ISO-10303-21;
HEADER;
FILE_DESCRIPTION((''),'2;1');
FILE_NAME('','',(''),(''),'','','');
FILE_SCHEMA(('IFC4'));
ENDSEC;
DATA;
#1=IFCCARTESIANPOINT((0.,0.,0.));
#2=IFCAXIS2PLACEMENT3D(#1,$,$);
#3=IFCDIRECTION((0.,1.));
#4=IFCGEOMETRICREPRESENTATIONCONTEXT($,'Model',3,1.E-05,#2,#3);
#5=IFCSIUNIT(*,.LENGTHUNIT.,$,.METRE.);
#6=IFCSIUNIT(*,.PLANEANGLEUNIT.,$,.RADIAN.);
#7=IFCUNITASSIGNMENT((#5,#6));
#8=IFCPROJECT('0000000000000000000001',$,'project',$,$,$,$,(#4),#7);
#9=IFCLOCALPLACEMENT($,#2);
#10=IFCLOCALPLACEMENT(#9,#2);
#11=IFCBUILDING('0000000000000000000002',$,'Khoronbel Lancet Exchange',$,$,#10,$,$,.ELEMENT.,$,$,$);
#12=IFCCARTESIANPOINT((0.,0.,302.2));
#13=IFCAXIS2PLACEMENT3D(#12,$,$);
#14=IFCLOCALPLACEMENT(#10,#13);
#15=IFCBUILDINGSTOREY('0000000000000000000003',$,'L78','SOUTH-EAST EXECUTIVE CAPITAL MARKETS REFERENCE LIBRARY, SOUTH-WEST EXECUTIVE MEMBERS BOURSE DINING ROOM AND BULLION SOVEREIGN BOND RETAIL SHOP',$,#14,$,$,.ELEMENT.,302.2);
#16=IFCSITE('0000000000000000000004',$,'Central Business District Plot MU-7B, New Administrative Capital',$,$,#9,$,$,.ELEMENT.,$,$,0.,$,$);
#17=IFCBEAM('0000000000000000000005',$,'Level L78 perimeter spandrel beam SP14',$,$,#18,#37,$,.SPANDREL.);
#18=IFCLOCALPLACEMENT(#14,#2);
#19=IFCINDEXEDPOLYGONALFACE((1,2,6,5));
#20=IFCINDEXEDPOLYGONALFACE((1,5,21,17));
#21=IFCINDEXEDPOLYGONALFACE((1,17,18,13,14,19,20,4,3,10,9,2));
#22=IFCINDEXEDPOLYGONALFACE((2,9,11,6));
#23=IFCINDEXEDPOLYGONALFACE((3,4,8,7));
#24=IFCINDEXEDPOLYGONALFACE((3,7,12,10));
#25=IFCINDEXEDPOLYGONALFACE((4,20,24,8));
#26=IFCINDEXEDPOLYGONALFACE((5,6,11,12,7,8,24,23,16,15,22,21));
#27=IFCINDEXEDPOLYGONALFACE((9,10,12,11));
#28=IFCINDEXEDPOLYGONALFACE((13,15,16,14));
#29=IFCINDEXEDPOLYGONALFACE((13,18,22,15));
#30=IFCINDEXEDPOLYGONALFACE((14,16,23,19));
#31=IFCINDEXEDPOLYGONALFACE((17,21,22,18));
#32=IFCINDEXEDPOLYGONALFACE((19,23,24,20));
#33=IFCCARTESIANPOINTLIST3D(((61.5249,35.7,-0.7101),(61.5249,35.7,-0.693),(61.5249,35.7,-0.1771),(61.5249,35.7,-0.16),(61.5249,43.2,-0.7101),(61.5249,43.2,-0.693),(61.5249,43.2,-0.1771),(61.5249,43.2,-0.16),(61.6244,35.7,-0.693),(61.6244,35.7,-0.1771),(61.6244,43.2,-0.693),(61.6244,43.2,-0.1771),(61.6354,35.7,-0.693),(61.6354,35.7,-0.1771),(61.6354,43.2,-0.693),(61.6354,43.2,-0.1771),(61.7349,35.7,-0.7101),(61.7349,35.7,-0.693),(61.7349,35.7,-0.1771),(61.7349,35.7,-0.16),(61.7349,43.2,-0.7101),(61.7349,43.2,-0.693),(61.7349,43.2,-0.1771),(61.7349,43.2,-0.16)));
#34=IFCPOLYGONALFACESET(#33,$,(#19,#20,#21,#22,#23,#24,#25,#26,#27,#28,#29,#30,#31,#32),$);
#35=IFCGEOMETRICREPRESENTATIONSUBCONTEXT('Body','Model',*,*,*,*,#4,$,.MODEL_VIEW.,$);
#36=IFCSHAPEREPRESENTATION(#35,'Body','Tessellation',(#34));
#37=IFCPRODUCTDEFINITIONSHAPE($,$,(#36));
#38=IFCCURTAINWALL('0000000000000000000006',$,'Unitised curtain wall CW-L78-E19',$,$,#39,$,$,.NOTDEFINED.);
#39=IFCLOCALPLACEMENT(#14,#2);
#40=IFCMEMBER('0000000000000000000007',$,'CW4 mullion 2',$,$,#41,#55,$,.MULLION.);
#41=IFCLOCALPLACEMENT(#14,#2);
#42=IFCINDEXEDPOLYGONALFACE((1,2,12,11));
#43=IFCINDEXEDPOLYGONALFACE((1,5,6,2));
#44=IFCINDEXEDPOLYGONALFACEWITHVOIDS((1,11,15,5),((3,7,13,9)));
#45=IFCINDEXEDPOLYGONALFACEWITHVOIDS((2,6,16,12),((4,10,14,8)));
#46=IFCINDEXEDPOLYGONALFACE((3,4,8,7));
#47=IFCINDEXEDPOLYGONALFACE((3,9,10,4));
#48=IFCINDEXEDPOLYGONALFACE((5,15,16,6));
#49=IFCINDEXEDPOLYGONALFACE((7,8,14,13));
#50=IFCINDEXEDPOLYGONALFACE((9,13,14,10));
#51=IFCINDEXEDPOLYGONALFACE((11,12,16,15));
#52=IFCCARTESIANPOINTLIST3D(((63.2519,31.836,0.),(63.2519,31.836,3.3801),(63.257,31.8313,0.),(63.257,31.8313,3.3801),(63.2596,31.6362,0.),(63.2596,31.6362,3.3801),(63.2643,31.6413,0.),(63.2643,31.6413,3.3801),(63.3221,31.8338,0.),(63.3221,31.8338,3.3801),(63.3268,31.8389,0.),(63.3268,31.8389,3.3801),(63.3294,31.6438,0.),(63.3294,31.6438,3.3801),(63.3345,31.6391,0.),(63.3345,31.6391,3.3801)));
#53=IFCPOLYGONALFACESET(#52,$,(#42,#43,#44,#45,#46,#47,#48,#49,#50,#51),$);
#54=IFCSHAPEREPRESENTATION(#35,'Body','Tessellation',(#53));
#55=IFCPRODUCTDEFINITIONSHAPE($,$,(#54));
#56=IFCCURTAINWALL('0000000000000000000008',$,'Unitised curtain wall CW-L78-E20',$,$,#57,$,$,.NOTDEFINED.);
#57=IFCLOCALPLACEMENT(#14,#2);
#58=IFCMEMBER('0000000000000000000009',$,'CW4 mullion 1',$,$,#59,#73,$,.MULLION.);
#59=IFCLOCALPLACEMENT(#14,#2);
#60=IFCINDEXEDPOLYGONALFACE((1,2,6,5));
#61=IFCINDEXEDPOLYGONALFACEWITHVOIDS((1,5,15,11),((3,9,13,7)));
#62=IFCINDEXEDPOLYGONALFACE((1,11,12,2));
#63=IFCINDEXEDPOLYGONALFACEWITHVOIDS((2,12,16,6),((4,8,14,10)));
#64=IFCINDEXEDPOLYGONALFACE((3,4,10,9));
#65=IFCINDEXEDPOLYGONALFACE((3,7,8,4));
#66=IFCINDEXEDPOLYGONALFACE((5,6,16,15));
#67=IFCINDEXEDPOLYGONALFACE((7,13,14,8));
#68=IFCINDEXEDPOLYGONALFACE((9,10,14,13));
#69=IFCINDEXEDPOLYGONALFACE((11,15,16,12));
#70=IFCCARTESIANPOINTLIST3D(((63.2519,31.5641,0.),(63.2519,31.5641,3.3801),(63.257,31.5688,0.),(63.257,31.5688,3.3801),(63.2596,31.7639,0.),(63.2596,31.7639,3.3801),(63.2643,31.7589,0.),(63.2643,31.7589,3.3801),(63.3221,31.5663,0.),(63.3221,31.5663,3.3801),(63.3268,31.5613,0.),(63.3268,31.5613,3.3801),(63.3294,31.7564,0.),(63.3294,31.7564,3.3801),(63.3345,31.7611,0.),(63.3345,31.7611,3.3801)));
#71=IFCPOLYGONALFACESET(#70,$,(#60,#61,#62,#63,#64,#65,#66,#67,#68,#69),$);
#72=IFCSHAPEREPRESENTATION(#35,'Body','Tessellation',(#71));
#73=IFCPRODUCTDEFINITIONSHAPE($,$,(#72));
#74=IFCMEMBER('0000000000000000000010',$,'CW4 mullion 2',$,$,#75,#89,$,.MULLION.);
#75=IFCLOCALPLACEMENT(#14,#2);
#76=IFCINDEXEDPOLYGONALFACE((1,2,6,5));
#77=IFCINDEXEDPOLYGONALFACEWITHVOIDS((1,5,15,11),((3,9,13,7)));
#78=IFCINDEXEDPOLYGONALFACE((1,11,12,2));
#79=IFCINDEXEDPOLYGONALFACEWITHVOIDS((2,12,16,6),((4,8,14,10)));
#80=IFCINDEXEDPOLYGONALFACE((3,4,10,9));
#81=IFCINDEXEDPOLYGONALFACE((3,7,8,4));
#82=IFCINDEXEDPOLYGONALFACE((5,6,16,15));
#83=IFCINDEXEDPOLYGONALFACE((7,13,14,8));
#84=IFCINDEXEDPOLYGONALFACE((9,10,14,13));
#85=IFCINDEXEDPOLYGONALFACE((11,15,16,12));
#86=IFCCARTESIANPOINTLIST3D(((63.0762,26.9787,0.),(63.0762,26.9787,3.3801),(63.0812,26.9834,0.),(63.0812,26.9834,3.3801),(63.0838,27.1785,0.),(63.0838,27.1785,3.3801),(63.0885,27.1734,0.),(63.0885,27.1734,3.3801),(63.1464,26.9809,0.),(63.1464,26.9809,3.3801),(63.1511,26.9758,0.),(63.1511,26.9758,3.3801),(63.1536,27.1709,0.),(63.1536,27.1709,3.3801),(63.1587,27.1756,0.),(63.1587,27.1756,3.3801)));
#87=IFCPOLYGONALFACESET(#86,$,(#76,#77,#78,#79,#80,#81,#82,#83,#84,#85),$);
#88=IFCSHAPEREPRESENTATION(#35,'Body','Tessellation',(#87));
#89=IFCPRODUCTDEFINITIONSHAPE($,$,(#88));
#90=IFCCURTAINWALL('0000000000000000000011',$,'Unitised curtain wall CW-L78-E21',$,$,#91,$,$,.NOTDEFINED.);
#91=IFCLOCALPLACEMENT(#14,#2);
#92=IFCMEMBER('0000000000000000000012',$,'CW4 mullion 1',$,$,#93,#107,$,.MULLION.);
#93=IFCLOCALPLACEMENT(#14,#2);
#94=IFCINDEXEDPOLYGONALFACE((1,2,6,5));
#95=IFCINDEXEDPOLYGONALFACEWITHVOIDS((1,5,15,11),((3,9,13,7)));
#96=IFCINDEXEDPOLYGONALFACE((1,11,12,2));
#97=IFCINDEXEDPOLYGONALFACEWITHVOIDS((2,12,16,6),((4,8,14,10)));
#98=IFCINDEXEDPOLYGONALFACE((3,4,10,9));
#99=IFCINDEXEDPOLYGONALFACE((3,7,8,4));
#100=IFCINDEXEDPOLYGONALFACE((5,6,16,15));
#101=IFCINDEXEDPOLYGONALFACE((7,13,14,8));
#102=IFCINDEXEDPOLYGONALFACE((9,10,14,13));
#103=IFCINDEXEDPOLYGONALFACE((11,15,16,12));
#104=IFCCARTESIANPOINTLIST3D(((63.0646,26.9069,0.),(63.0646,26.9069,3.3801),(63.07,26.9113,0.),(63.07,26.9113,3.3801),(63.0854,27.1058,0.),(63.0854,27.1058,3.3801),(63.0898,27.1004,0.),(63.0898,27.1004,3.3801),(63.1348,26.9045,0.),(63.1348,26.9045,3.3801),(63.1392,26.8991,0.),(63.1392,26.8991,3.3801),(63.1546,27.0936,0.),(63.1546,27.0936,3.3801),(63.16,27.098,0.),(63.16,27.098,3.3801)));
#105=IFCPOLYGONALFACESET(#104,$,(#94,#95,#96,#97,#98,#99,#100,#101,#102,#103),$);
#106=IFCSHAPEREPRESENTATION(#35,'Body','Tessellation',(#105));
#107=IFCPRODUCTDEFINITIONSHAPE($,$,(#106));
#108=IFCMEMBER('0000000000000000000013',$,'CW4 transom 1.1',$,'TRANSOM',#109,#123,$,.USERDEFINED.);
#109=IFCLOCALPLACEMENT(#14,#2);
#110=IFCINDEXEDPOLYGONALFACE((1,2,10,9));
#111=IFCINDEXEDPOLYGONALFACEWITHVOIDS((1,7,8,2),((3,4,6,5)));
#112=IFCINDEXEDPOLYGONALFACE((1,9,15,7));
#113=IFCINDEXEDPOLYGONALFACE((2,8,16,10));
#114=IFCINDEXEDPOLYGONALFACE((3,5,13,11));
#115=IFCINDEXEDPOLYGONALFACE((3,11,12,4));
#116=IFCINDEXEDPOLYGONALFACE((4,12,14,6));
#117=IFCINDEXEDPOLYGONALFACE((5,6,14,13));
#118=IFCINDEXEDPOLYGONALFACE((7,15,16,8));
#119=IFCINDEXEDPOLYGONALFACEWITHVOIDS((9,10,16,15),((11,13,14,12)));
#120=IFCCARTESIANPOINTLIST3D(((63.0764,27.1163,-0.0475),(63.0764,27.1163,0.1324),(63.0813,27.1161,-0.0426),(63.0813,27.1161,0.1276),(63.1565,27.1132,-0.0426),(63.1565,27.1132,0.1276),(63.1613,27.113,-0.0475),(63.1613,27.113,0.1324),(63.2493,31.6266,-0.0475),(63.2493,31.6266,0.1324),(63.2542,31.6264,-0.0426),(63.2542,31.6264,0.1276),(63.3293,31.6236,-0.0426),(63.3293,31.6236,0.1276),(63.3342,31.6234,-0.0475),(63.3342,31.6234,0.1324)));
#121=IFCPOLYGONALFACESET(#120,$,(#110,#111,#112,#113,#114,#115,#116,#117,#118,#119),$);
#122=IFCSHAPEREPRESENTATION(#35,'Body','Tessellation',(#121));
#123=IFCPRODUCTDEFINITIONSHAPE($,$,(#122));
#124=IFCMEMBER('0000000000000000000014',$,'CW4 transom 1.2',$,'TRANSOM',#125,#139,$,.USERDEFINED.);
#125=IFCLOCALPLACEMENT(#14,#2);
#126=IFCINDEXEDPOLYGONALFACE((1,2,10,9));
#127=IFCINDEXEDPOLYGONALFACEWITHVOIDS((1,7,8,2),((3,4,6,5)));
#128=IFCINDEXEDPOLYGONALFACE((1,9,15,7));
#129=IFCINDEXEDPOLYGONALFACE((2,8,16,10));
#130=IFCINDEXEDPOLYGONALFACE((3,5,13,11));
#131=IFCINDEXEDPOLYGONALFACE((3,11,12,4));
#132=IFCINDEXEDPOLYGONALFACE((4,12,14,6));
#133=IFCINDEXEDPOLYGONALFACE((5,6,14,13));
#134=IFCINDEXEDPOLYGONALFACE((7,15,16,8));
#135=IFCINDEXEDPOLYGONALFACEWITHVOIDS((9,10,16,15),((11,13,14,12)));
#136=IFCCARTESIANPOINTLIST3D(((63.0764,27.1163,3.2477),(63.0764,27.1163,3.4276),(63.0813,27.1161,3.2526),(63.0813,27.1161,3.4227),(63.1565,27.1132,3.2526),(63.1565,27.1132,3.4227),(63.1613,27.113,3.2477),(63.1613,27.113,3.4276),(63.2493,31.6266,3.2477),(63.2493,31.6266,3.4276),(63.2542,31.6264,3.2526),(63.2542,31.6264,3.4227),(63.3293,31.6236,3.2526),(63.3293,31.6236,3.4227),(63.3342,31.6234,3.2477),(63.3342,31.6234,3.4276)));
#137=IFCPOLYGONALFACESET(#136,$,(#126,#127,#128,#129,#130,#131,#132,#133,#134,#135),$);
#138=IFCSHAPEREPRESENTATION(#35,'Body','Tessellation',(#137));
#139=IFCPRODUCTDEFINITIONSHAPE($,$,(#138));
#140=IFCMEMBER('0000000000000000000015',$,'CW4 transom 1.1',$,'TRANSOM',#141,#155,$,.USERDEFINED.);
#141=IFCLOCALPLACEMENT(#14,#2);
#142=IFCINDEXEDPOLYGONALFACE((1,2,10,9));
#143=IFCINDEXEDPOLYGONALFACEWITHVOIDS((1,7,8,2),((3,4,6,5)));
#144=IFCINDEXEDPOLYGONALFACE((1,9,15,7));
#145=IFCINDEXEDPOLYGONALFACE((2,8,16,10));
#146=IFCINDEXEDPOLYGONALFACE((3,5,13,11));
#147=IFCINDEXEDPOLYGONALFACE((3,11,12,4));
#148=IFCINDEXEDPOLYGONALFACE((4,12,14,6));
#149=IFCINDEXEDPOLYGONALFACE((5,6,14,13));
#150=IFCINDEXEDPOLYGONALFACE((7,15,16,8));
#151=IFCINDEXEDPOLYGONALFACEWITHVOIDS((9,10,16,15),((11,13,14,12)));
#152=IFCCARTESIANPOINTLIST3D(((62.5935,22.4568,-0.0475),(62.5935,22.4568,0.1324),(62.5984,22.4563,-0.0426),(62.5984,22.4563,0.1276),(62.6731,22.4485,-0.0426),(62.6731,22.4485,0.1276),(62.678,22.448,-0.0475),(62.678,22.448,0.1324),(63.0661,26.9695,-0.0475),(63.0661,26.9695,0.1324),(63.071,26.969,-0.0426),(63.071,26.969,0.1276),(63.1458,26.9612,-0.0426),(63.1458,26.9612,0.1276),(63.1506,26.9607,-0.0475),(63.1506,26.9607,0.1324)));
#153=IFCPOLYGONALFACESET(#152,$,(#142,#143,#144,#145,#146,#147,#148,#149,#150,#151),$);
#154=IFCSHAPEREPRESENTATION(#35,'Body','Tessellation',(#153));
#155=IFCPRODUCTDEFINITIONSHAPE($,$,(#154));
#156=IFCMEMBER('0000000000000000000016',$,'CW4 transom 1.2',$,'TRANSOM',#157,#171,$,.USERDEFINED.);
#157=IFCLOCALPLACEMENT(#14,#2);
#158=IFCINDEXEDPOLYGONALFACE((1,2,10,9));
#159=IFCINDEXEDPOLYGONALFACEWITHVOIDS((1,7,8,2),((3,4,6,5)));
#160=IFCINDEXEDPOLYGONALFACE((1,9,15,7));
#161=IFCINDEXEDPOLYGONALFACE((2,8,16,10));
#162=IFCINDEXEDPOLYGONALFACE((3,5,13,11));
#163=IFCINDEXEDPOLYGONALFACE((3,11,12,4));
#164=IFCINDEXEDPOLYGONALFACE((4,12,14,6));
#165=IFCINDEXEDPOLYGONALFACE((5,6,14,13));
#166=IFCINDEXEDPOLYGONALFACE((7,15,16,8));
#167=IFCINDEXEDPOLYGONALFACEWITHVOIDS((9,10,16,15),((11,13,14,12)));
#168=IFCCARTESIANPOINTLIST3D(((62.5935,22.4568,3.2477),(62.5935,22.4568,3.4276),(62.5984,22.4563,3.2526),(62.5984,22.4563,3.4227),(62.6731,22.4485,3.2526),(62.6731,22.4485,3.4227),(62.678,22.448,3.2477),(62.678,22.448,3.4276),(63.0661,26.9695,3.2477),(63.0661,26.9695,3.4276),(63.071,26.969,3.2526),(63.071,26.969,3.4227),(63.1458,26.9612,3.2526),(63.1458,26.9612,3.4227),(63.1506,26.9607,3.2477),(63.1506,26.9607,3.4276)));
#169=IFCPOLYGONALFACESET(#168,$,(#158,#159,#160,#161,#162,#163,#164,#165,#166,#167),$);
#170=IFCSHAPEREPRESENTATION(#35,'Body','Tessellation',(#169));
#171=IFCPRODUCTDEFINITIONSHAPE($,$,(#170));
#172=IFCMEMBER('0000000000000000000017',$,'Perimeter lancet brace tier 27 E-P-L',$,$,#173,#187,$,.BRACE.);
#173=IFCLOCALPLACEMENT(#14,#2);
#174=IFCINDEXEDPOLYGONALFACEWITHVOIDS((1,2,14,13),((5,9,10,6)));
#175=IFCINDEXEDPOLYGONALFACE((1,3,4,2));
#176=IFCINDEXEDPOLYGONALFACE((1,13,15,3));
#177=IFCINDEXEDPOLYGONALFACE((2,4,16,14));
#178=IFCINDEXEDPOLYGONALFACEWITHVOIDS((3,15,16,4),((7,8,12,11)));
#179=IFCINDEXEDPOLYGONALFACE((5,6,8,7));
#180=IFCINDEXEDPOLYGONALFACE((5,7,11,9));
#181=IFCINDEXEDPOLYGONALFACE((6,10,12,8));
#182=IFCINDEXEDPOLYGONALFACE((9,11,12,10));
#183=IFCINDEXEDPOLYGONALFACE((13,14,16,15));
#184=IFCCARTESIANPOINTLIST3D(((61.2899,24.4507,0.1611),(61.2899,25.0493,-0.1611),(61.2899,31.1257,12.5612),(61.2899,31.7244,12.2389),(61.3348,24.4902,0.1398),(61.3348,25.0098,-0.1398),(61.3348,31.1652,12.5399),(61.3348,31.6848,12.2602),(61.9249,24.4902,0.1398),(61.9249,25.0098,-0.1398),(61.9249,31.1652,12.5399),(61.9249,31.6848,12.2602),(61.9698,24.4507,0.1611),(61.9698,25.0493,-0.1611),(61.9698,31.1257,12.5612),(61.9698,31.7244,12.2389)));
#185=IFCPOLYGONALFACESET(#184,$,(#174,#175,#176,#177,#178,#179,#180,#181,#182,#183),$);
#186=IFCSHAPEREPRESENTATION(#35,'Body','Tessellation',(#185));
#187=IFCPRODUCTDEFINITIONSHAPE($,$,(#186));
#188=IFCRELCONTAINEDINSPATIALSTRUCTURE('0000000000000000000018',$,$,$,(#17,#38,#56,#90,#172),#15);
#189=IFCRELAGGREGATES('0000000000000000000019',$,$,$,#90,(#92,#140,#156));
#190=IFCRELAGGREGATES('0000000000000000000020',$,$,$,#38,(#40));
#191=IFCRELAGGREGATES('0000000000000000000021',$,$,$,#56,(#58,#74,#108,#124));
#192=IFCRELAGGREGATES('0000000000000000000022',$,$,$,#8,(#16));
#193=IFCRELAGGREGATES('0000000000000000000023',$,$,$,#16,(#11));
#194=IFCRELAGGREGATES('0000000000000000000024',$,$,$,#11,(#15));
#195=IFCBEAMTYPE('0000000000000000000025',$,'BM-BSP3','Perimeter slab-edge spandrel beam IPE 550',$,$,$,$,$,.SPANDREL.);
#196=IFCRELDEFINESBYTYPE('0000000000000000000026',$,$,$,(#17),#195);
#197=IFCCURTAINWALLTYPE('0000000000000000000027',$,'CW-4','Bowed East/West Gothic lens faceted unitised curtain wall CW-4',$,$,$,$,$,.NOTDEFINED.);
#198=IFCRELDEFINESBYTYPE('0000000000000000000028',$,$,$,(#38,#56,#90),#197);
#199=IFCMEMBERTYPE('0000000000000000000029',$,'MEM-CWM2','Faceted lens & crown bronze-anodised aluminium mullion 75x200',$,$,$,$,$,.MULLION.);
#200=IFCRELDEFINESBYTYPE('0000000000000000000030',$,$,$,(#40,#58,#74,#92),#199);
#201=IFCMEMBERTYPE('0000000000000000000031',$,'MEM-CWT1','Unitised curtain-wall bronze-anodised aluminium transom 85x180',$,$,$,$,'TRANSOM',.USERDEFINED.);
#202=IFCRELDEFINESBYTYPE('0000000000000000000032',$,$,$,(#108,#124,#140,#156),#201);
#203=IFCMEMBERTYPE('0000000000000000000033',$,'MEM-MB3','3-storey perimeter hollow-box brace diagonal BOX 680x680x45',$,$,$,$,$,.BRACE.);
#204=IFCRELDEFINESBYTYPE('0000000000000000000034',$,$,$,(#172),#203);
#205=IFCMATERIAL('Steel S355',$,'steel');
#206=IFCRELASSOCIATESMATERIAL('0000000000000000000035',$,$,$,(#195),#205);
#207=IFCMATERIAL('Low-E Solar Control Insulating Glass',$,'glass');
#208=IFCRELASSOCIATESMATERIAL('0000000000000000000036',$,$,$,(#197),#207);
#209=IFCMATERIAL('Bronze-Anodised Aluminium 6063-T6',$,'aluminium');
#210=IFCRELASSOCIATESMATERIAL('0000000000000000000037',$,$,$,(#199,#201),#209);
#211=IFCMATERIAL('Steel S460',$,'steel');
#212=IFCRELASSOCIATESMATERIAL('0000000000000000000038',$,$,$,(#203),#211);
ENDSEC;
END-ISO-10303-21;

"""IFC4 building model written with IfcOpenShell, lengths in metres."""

from ifc_helpers import new_model, si_unit, direction, frame, origin, origin_2d, place, context, subcontext, project, spatial, hollow_rectangle, i_section, extrude, material, material_profile, profile_set, type_object, element, aggregate, save


model = new_model("IFC4")

# Units and contexts
model_context = context("Model", 3, precision=1e-05, world=origin(), true_north=direction((0.0, 1.0)))
body_context = subcontext(model_context, "Body", "Model", "MODEL_VIEW")
ifc_project = project(units=[si_unit("LENGTHUNIT", "METRE"), si_unit("PLANEANGLEUNIT", "RADIAN")], contexts=[model_context])

# Site, building, storey
site_placement = place(None, origin())
site = spatial("IfcSite", under=ifc_project, at=site_placement, Name="Central Business District Plot MU-7B, New Administrative Capital", CompositionType="ELEMENT", RefElevation=0.0)
building_placement = place(site_placement, origin())
building = spatial("IfcBuilding", under=site, at=building_placement, Name="Khoronbel Lancet Exchange", CompositionType="ELEMENT")
storey_placement = place(building_placement, frame((0.0, 0.0, 302.2)))
storey = spatial("IfcBuildingStorey", under=building, at=storey_placement, Name="L78", Description="SOUTH-EAST EXECUTIVE CAPITAL MARKETS REFERENCE LIBRARY, SOUTH-WEST EXECUTIVE MEMBERS BOURSE DINING ROOM AND BULLION SOVEREIGN BOND RETAIL SHOP", CompositionType="ELEMENT", Elevation=302.2)

# Shared definitions
ifc_material_1 = material(Name="Steel S355", Category="steel")

# Beam
ifc_material_profile_1 = material_profile(ifc_material_1, i_section(OverallWidth=0.21, OverallDepth=0.55, WebThickness=0.011, FlangeThickness=0.0171, at=origin_2d()), Name="IPE 550")
ifc_profile_set_1 = profile_set([ifc_material_profile_1], Name="Steel S355")
beam_type_1 = type_object("IfcBeamType", Name="BM-BSP3", Description="Perimeter slab-edge spandrel beam IPE 550", PredefinedType="SPANDREL", material=ifc_profile_set_1)
beam_1_placement = place(storey_placement, frame((61.6299, 35.7, -0.4351), z_axis=(0.0, 1.0, 0.0), x_axis=(-1.0, 0.0, 0.0)))
element("IfcBeam", 1, at=beam_1_placement, inside=storey, type_object=beam_type_1, Name="Level L78 perimeter spandrel beam SP14", PredefinedType="SPANDREL", context=body_context, shape_type="SweptSolid", body=[
    extrude(i_section(OverallWidth=0.21, OverallDepth=0.55, WebThickness=0.011, FlangeThickness=0.0171, at=origin_2d()), origin(), (0.0, 0.0, 1.0), 7.5),
])

# Curtain wall, member
ifc_material_2 = material(Name="Low-E Solar Control Insulating Glass", Category="glass")
curtain_wall_type = type_object("IfcCurtainWallType", Name="CW-4", Description="Bowed East/West Gothic lens faceted unitised curtain wall CW-4", PredefinedType="NOTDEFINED", material=ifc_material_2)
curtain_wall_1_placement = place(storey_placement, origin())
curtain_wall_1 = element("IfcCurtainWall", 2, at=curtain_wall_1_placement, inside=storey, type_object=curtain_wall_type, Name="Unitised curtain wall CW-L78-E19", PredefinedType="NOTDEFINED")
ifc_material_3 = material(Name="Bronze-Anodised Aluminium 6063-T6", Category="aluminium")
ifc_material_profile_2 = material_profile(ifc_material_3, hollow_rectangle(XDim=0.075, YDim=0.2, WallThickness=0.0049, at=origin_2d()), Name="ALU MULLION 75x200")
ifc_profile_set_2 = profile_set([ifc_material_profile_2], Name="Bronze-Anodised Aluminium 6063-T6")
member_type_1 = type_object("IfcMemberType", Name="MEM-CWM2", Description="Faceted lens & crown bronze-anodised aluminium mullion 75x200", PredefinedType="MULLION", material=ifc_profile_set_2)
member_1_placement = place(storey_placement, frame((63.2932, 31.7375, 0.0), z_axis=(0.0, 0.0, 1.0), x_axis=(0.999267, 0.038274, 0.0)))
member_1 = element("IfcMember", 3, at=member_1_placement, type_object=member_type_1, Name="CW4 mullion 2", PredefinedType="MULLION", context=body_context, shape_type="SweptSolid", body=[
    extrude(hollow_rectangle(XDim=0.075, YDim=0.2, WallThickness=0.0049, at=origin_2d()), origin(), (0.0, 0.0, 1.0), 3.3801),
])

# Curtain wall, members
curtain_wall_2_placement = place(storey_placement, origin())
curtain_wall_2 = element("IfcCurtainWall", 4, at=curtain_wall_2_placement, inside=storey, type_object=curtain_wall_type, Name="Unitised curtain wall CW-L78-E20", PredefinedType="NOTDEFINED")
member_2_placement = place(storey_placement, frame((63.2932, 31.6626, 0.0), z_axis=(0.0, 0.0, 1.0), x_axis=(0.999267, -0.038274, 0.0)))
member_2 = element("IfcMember", 5, at=member_2_placement, type_object=member_type_1, Name="CW4 mullion 1", PredefinedType="MULLION", context=body_context, shape_type="SweptSolid", body=[
    extrude(hollow_rectangle(XDim=0.075, YDim=0.2, WallThickness=0.0049, at=origin_2d()), origin(), (0.0, 0.0, 1.0), 3.3801),
])
member_3_placement = place(storey_placement, frame((63.1174, 27.0771, 0.0), z_axis=(0.0, 0.0, 1.0), x_axis=(0.999267, -0.038274, 0.0)))
member_3 = element("IfcMember", 6, at=member_3_placement, type_object=member_type_1, Name="CW4 mullion 2", PredefinedType="MULLION", context=body_context, shape_type="SweptSolid", body=[
    extrude(hollow_rectangle(XDim=0.075, YDim=0.2, WallThickness=0.0049, at=origin_2d()), origin(), (0.0, 0.0, 1.0), 3.3801),
])

# Curtain wall, member
curtain_wall_3_placement = place(storey_placement, origin())
curtain_wall_3 = element("IfcCurtainWall", 7, at=curtain_wall_3_placement, inside=storey, type_object=curtain_wall_type, Name="Unitised curtain wall CW-L78-E21", PredefinedType="NOTDEFINED")
member_4_placement = place(storey_placement, frame((63.1123, 27.0024, 0.0), z_axis=(0.0, 0.0, 1.0), x_axis=(0.994564, -0.104131, 0.0)))
member_4 = element("IfcMember", 8, at=member_4_placement, type_object=member_type_1, Name="CW4 mullion 1", PredefinedType="MULLION", context=body_context, shape_type="SweptSolid", body=[
    extrude(hollow_rectangle(XDim=0.075, YDim=0.2, WallThickness=0.0049, at=origin_2d()), origin(), (0.0, 0.0, 1.0), 3.3801),
])

# Members
ifc_material_profile_3 = material_profile(ifc_material_3, hollow_rectangle(XDim=0.085, YDim=0.1799, WallThickness=0.0049, at=origin_2d()), Name="ALU TRANSOM 85x180")
ifc_profile_set_3 = profile_set([ifc_material_profile_3], Name="Bronze-Anodised Aluminium 6063-T6")
member_type_2 = type_object("IfcMemberType", Name="MEM-CWT1", Description="Unitised curtain-wall bronze-anodised aluminium transom 85x180", ElementType="TRANSOM", PredefinedType="USERDEFINED", material=ifc_profile_set_3)
member_5_placement = place(storey_placement, frame((63.2917, 31.625, 0.0425), z_axis=(-0.038296, -0.999266, 0.0), x_axis=(0.999266, -0.038296, 0.0)))
member_5 = element("IfcMember", 9, at=member_5_placement, type_object=member_type_2, Name="CW4 transom 1.1", ObjectType="TRANSOM", PredefinedType="USERDEFINED", context=body_context, shape_type="SweptSolid", body=[
    extrude(hollow_rectangle(XDim=0.085, YDim=0.1799, WallThickness=0.0049, at=origin_2d()), origin(), (0.0, 0.0, 1.0), 4.5137),
])
member_6_placement = place(storey_placement, frame((63.2917, 31.625, 3.3376), z_axis=(-0.038296, -0.999266, 0.0), x_axis=(0.999266, -0.038296, 0.0)))
member_6 = element("IfcMember", 10, at=member_6_placement, type_object=member_type_2, Name="CW4 transom 1.2", ObjectType="TRANSOM", PredefinedType="USERDEFINED", context=body_context, shape_type="SweptSolid", body=[
    extrude(hollow_rectangle(XDim=0.085, YDim=0.1799, WallThickness=0.0049, at=origin_2d()), origin(), (0.0, 0.0, 1.0), 4.5137),
])
member_7_placement = place(storey_placement, frame((63.1084, 26.9651, 0.0425), z_axis=(-0.104169, -0.99456, 0.0), x_axis=(0.99456, -0.104169, 0.0)))
member_7 = element("IfcMember", 11, at=member_7_placement, type_object=member_type_2, Name="CW4 transom 1.1", ObjectType="TRANSOM", PredefinedType="USERDEFINED", context=body_context, shape_type="SweptSolid", body=[
    extrude(hollow_rectangle(XDim=0.085, YDim=0.1799, WallThickness=0.0049, at=origin_2d()), origin(), (0.0, 0.0, 1.0), 4.5374),
])
member_8_placement = place(storey_placement, frame((63.1084, 26.9651, 3.3376), z_axis=(-0.104169, -0.99456, 0.0), x_axis=(0.99456, -0.104169, 0.0)))
member_8 = element("IfcMember", 12, at=member_8_placement, type_object=member_type_2, Name="CW4 transom 1.2", ObjectType="TRANSOM", PredefinedType="USERDEFINED", context=body_context, shape_type="SweptSolid", body=[
    extrude(hollow_rectangle(XDim=0.085, YDim=0.1799, WallThickness=0.0049, at=origin_2d()), origin(), (0.0, 0.0, 1.0), 4.5374),
])
aggregate(curtain_wall_3, [member_4, member_7, member_8])

# Member
ifc_material_4 = material(Name="Steel S460", Category="steel")
ifc_material_profile_4 = material_profile(ifc_material_4, hollow_rectangle(XDim=0.6799, YDim=0.6799, WallThickness=0.0449, at=origin_2d()), Name="BOX 680x680x45")
ifc_profile_set_4 = profile_set([ifc_material_profile_4], Name="Steel S460")
member_type_3 = type_object("IfcMemberType", Name="MEM-MB3", Description="3-storey perimeter hollow-box brace diagonal BOX 680x680x45", PredefinedType="BRACE", material=ifc_profile_set_4)
member_9_placement = place(storey_placement, frame((61.6299, 24.75, 0.0), z_axis=(0.0, 0.473992, 0.880529), x_axis=(-1.0, 0.0, 0.0)))
element("IfcMember", 13, at=member_9_placement, inside=storey, type_object=member_type_3, Name="Perimeter lancet brace tier 27 E-P-L", PredefinedType="BRACE", context=body_context, shape_type="SweptSolid", body=[
    extrude(hollow_rectangle(XDim=0.6799, YDim=0.6799, WallThickness=0.0449, at=origin_2d()), origin(), (0.0, 0.0, 1.0), 14.0825),
])

aggregate(curtain_wall_1, [member_1])
aggregate(curtain_wall_2, [member_2, member_3, member_5, member_6])

save(model, "model.ifc")
